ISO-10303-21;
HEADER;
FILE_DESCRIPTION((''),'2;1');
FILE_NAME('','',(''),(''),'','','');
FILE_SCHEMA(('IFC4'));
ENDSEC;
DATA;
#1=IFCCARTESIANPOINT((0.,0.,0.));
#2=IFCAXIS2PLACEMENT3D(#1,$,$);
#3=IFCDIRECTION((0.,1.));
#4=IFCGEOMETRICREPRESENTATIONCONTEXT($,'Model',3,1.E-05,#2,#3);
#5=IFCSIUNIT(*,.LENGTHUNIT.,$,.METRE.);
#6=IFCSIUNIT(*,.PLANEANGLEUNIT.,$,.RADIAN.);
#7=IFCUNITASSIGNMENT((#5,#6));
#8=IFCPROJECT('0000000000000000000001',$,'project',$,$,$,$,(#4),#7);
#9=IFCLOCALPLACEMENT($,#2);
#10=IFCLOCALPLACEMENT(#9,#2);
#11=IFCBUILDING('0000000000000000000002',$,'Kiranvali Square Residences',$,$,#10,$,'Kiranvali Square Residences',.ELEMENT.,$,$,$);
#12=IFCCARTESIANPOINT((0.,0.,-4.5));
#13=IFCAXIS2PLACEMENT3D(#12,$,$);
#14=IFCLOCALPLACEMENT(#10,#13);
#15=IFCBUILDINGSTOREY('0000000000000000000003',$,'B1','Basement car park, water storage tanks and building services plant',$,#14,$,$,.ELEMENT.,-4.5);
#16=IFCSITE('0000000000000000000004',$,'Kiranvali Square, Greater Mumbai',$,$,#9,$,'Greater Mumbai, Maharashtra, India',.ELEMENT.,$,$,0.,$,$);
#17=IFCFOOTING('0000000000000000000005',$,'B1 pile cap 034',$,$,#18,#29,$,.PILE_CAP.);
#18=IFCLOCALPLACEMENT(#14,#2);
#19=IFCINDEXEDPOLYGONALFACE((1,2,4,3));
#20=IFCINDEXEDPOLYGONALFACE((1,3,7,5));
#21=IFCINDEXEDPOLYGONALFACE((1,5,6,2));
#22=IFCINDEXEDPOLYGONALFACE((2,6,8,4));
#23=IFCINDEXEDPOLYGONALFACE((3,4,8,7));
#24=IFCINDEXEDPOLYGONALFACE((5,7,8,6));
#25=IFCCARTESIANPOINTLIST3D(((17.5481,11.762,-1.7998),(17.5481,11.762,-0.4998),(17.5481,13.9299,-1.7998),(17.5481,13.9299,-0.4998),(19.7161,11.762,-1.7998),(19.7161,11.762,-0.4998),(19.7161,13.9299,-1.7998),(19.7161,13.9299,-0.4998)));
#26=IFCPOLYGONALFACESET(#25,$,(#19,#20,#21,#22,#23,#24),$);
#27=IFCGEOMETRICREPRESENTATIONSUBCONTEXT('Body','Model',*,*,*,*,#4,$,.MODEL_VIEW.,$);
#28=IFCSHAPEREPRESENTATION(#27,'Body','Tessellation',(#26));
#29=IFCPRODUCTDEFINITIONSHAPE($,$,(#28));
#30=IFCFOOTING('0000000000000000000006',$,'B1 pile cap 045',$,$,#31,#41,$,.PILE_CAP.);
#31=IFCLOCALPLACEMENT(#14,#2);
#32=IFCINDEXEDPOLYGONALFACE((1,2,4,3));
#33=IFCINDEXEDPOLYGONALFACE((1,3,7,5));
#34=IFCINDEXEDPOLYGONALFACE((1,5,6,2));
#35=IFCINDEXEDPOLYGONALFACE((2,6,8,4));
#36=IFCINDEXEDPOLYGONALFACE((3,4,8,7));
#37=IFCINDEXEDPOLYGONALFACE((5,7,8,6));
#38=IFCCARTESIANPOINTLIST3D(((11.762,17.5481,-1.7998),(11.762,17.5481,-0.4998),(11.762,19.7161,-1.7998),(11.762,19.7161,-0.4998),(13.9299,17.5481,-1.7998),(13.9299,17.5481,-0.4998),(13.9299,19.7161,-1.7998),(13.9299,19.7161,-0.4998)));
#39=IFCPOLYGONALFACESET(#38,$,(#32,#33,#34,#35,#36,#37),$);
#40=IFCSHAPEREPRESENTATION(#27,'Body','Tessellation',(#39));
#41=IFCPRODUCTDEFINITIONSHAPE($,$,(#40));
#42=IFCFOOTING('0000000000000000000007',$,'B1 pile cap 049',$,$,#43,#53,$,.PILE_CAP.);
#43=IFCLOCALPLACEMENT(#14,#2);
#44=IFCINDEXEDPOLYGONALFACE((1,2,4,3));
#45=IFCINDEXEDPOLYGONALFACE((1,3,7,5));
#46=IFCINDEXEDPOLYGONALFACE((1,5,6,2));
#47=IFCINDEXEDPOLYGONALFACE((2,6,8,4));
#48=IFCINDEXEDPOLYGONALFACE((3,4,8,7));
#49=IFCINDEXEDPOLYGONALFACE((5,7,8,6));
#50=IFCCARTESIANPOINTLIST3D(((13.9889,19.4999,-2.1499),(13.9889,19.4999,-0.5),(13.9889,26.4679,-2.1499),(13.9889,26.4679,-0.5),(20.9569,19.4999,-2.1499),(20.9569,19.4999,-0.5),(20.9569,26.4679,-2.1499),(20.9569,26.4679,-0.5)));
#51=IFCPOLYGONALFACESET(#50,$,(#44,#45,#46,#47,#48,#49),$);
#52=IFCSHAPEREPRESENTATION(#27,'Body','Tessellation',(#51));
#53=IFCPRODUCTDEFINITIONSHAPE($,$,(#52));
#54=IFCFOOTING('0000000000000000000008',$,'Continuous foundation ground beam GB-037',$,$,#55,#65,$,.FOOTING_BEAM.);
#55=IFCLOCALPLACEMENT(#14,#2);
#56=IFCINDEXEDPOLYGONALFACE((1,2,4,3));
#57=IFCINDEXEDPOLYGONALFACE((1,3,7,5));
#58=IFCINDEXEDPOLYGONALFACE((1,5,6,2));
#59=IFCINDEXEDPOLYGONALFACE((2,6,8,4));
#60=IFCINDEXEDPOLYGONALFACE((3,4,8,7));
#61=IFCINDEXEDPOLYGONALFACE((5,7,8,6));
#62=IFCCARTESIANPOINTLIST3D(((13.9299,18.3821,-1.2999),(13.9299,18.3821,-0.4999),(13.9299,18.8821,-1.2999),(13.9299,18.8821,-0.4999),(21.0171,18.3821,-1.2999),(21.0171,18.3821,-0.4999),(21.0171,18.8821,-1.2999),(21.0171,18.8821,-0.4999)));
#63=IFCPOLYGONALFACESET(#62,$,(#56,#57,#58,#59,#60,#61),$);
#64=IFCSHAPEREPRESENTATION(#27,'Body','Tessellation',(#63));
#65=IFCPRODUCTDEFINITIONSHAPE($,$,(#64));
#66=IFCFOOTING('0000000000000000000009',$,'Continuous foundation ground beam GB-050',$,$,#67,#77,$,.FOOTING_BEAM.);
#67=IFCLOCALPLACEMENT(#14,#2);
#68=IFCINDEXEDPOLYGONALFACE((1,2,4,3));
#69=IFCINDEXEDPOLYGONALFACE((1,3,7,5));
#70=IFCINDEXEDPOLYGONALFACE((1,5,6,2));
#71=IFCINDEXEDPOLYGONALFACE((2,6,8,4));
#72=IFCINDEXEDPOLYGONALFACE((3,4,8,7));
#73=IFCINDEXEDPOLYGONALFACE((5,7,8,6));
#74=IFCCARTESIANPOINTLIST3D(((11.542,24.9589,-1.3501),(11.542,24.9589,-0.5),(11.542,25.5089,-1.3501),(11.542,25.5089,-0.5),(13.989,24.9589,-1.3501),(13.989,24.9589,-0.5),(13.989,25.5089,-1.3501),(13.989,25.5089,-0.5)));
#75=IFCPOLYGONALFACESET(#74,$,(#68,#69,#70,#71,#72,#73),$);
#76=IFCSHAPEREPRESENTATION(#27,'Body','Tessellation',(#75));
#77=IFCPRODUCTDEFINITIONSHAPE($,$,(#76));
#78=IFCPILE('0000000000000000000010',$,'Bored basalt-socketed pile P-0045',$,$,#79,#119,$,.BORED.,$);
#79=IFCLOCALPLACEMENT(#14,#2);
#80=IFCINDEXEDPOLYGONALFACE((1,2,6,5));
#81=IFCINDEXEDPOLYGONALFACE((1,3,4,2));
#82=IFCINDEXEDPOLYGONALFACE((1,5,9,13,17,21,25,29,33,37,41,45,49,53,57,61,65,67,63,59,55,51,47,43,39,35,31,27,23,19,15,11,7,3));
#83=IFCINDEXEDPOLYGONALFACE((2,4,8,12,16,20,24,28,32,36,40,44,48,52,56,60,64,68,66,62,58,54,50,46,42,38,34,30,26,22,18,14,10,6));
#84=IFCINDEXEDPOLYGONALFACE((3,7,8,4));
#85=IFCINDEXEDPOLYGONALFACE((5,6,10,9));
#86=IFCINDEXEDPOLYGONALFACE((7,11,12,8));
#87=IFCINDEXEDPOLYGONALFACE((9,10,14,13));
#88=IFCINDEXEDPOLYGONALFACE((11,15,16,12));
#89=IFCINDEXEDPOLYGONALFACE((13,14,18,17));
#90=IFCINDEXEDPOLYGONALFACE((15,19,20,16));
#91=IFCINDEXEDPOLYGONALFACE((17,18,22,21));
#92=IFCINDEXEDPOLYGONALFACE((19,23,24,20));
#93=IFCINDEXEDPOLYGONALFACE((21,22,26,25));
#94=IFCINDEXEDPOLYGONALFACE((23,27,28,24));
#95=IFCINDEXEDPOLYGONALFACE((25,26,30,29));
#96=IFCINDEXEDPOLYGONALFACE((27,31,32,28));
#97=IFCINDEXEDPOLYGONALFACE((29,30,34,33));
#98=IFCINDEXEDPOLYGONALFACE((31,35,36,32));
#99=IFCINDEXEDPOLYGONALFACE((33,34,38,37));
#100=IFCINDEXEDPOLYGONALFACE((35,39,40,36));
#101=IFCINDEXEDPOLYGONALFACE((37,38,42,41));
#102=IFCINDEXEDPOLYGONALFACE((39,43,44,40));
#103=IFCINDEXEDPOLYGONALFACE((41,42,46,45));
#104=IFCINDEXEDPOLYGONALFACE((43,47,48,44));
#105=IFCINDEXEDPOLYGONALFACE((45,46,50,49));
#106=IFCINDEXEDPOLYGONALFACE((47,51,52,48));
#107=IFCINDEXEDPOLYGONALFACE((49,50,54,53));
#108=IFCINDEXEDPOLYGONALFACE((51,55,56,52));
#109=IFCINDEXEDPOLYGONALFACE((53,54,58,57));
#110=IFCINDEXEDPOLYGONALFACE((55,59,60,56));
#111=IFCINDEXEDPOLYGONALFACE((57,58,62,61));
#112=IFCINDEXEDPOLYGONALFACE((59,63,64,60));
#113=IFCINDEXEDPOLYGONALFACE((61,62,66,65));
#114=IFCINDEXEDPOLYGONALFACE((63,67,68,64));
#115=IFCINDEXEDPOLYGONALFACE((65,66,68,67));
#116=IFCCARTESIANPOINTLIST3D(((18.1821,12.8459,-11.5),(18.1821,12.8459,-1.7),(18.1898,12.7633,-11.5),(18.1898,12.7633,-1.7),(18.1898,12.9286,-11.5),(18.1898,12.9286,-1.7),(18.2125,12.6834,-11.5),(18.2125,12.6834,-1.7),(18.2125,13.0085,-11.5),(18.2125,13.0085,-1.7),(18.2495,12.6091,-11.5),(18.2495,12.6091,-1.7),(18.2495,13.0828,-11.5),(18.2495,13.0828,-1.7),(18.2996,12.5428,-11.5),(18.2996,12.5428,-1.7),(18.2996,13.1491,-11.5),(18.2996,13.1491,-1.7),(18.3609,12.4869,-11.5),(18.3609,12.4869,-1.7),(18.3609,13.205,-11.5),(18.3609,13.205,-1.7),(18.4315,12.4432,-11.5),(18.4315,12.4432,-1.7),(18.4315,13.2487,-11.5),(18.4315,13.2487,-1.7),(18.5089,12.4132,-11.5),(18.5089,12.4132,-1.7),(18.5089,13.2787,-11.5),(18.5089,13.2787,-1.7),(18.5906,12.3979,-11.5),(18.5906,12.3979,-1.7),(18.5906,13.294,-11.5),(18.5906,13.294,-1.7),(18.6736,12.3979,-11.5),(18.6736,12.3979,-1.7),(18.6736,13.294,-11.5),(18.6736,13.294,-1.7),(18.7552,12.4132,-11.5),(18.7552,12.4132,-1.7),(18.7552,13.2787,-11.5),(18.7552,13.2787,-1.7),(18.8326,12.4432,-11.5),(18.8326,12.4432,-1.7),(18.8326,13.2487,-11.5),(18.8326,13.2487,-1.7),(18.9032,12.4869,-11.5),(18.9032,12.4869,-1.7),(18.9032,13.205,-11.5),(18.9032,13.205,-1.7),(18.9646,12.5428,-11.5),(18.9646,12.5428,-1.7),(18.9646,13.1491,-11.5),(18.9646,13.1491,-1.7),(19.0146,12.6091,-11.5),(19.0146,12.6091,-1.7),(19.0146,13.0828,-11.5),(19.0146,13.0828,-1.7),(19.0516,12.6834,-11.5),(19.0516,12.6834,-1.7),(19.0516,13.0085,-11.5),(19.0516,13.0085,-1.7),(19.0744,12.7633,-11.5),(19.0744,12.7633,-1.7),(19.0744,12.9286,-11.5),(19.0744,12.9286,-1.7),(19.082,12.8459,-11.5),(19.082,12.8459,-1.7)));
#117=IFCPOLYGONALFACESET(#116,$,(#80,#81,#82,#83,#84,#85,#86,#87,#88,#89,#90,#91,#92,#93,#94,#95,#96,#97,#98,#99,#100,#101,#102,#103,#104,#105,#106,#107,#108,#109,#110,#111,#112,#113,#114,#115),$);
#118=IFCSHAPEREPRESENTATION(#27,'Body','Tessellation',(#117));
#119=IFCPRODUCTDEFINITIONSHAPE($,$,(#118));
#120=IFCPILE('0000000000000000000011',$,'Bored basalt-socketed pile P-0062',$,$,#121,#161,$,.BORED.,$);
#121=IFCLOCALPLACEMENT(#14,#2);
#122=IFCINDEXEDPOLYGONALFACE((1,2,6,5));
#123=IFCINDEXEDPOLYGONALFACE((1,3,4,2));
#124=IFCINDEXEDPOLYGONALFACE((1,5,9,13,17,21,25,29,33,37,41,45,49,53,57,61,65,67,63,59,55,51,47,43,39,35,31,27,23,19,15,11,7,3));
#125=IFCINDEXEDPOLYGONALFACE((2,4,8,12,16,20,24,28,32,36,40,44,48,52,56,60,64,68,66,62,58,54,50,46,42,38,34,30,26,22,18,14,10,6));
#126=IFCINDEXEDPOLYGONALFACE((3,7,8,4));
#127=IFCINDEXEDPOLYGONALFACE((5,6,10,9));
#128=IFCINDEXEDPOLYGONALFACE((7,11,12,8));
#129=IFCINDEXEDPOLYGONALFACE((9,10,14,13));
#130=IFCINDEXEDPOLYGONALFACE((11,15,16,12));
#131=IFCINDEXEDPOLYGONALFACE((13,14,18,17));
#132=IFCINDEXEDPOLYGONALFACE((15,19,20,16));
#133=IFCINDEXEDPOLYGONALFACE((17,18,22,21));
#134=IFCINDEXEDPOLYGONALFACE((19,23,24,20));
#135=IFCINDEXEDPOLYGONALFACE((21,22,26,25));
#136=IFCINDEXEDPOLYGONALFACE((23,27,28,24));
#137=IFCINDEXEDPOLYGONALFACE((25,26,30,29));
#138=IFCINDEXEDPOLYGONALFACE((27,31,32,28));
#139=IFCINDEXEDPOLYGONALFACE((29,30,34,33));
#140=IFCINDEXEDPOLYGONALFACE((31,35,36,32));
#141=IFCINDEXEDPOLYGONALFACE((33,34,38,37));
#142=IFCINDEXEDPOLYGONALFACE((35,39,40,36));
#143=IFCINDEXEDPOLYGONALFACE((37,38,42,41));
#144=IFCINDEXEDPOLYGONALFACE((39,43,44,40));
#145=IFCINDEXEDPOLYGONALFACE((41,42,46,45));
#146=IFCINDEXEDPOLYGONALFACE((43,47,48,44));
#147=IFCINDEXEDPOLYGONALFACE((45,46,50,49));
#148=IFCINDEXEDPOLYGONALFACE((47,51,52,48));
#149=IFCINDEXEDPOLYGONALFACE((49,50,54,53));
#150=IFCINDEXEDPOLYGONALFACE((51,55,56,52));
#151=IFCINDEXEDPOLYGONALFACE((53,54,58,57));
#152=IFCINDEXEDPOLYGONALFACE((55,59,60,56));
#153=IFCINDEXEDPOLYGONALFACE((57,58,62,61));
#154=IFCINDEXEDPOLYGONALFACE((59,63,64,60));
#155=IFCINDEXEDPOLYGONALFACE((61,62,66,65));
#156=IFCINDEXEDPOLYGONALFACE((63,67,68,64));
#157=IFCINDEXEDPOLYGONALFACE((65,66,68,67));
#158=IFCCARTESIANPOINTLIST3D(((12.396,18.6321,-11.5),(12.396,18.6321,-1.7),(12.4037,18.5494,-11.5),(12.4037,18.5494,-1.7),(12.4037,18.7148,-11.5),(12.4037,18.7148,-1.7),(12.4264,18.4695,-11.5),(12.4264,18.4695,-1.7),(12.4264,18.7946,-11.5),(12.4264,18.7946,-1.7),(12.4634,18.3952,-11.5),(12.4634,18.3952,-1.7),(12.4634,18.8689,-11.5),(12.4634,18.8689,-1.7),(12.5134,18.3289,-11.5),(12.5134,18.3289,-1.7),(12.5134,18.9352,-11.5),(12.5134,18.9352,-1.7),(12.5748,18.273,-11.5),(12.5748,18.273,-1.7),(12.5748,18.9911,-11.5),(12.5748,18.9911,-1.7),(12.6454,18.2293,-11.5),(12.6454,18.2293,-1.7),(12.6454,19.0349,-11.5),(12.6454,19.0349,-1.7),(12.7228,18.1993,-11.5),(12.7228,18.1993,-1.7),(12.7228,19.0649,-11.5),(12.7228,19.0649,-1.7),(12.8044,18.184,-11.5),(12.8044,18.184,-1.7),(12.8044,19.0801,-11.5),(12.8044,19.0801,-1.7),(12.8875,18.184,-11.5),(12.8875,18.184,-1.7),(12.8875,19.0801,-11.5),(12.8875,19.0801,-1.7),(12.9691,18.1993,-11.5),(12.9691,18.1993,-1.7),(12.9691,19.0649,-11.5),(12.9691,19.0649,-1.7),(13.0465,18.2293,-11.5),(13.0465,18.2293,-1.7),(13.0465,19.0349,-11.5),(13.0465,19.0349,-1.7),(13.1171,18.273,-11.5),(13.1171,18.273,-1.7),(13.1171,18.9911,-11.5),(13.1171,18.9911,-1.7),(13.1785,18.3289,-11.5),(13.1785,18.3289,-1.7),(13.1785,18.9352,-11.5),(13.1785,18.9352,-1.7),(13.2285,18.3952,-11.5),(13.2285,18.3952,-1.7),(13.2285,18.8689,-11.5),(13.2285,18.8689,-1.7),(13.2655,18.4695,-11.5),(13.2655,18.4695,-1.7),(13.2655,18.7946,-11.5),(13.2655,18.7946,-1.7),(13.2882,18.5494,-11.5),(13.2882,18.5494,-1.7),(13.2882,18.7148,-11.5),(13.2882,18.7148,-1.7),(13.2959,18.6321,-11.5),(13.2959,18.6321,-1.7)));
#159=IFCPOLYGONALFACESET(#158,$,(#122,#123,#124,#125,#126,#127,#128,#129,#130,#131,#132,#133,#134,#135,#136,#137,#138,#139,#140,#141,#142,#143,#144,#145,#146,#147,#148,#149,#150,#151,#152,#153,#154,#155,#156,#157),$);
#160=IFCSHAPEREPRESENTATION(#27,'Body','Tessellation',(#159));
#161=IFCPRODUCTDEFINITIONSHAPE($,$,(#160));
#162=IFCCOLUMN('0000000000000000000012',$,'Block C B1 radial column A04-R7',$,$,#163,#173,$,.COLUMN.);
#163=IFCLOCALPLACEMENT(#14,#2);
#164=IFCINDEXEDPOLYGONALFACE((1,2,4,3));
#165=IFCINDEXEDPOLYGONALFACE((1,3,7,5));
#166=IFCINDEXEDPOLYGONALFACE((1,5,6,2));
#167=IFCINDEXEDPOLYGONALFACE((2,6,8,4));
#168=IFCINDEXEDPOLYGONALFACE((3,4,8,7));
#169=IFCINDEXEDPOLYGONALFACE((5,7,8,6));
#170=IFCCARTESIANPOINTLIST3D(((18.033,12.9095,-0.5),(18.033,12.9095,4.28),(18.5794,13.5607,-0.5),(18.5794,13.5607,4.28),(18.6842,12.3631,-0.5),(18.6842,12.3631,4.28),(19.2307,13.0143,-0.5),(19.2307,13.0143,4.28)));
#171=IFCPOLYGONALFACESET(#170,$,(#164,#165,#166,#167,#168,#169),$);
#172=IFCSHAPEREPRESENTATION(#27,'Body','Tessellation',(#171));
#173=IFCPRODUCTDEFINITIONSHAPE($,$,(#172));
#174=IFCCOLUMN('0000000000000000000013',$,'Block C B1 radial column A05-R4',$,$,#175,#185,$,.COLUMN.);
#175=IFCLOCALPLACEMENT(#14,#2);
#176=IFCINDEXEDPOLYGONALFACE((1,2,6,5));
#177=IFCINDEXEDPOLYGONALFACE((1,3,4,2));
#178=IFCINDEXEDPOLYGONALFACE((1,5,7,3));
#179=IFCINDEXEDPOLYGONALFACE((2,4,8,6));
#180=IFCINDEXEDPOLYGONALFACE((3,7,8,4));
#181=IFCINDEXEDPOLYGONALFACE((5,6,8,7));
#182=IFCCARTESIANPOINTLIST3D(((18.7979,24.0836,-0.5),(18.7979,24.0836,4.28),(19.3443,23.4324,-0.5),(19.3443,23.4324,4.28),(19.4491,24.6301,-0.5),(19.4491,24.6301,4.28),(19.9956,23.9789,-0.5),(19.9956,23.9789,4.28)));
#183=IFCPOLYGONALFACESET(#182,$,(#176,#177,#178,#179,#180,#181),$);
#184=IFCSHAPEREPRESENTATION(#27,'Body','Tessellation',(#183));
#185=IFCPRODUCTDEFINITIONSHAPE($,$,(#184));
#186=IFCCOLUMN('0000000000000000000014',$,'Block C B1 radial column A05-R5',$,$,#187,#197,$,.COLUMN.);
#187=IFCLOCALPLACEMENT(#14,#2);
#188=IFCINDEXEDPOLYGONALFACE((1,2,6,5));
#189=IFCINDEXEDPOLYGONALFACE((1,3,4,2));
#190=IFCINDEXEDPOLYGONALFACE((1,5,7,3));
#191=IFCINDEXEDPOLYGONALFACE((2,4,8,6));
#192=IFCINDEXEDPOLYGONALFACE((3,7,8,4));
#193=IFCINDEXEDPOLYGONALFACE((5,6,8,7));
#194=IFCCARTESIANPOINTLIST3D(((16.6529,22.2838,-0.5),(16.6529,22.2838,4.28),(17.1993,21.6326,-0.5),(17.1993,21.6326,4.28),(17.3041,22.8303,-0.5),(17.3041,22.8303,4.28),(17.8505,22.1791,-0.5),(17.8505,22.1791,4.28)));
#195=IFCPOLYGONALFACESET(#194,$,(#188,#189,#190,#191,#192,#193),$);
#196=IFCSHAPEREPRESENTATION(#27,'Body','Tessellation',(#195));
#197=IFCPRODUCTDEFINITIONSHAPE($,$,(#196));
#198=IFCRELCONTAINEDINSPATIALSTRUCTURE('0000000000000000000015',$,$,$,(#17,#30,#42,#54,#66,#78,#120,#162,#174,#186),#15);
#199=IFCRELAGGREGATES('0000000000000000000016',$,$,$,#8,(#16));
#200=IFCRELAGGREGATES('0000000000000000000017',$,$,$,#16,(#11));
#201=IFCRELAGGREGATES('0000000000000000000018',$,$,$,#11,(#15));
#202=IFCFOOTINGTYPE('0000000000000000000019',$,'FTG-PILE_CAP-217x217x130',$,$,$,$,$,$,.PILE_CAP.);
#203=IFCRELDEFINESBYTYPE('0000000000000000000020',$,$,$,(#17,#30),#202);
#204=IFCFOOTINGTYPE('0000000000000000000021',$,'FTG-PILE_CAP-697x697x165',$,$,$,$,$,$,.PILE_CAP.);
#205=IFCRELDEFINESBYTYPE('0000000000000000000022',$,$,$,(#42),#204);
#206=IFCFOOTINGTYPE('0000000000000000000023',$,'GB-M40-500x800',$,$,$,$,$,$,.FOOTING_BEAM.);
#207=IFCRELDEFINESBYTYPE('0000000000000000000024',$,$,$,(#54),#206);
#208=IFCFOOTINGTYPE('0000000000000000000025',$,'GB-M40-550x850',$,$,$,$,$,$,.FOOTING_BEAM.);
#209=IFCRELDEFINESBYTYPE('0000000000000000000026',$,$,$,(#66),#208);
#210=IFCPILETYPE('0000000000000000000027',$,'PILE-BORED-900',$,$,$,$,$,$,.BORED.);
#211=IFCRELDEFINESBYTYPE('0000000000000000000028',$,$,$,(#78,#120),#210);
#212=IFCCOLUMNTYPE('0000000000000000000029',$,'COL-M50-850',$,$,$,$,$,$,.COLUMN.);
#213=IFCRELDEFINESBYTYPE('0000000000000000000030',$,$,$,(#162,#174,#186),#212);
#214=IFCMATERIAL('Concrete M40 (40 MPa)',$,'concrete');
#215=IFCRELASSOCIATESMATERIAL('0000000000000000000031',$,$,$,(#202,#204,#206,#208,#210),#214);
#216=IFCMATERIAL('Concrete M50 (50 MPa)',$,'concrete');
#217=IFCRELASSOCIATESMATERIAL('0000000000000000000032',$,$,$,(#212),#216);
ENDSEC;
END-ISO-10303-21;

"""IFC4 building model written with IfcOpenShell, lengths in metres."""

from ifc_helpers import new_model, si_unit, direction, frame, origin, origin_2d, place, context, subcontext, project, spatial, rectangle, circle, extrude, material, material_profile, profile_set, type_object, element, save


model = new_model("IFC4")

# Units and contexts
model_context = context("Model", 3, precision=1e-05, world=origin(), true_north=direction((0.0, 1.0)))
body_context = subcontext(model_context, "Body", "Model", "MODEL_VIEW")
ifc_project = project(units=[si_unit("LENGTHUNIT", "METRE"), si_unit("PLANEANGLEUNIT", "RADIAN")], contexts=[model_context])

# Site, building, storey
site_placement = place(None, origin())
site = spatial("IfcSite", under=ifc_project, at=site_placement, Name="Kiranvali Square, Greater Mumbai", LongName="Greater Mumbai, Maharashtra, India", CompositionType="ELEMENT", RefElevation=0.0)
building_placement = place(site_placement, origin())
building = spatial("IfcBuilding", under=site, at=building_placement, Name="Kiranvali Square Residences", LongName="Kiranvali Square Residences", CompositionType="ELEMENT")
storey_placement = place(building_placement, frame((0.0, 0.0, -4.5)))
storey = spatial("IfcBuildingStorey", under=building, at=storey_placement, Name="B1", Description="Basement car park, water storage tanks and building services plant", CompositionType="ELEMENT", Elevation=-4.5)

# Footings
ifc_material_1 = material(Name="Concrete M40 (40 MPa)", Category="concrete")
footing_type_1 = type_object("IfcFootingType", Name="FTG-PILE_CAP-217x217x130", PredefinedType="PILE_CAP", material=ifc_material_1)
for number, where, z_axis, x_axis, name in (
    (1, (18.6321, 12.8459, -1.7998), (0.0, 0.0, 1.0), (1.0, 0.0, 0.0), "B1 pile cap 034"),
    (2, (12.8459, 18.6321, -1.7998), (0.0, 0.0, 1.0), (1.0, 0.0, 0.0), "B1 pile cap 045"),
):
    element("IfcFooting", number, at=place(storey_placement, frame(where, z_axis=z_axis, x_axis=x_axis)), inside=storey, type_object=footing_type_1, Name=name, PredefinedType="PILE_CAP", context=body_context, shape_type="SweptSolid", body=[
        extrude(rectangle(XDim=2.168, YDim=2.168, at=origin_2d()), origin(), (0.0, 0.0, 1.0), 1.3),
    ])
footing_type_2 = type_object("IfcFootingType", Name="FTG-PILE_CAP-697x697x165", PredefinedType="PILE_CAP", material=ifc_material_1)
footing_1_placement = place(storey_placement, frame((17.4729, 22.9839, -2.1499), z_axis=(0.0, 0.0, 1.0), x_axis=(1.0, 0.0, 0.0)))
element("IfcFooting", 3, at=footing_1_placement, inside=storey, type_object=footing_type_2, Name="B1 pile cap 049", PredefinedType="PILE_CAP", context=body_context, shape_type="SweptSolid", body=[
    extrude(rectangle(XDim=6.968, YDim=6.968, at=origin_2d()), origin(), (0.0, 0.0, 1.0), 1.6499),
])
ifc_material_profile_1 = material_profile(ifc_material_1, rectangle(XDim=0.5, YDim=0.8, at=origin_2d()), Name="GB 500x800")
ifc_profile_set_1 = profile_set([ifc_material_profile_1], Name="Concrete M40 (40 MPa)")
footing_type_3 = type_object("IfcFootingType", Name="GB-M40-500x800", PredefinedType="FOOTING_BEAM", material=ifc_profile_set_1)
footing_2_placement = place(storey_placement, frame((13.9299, 18.6321, -0.8999), z_axis=(1.0, 0.0, 0.0), x_axis=(0.0, 1.0, 0.0)))
element("IfcFooting", 4, at=footing_2_placement, inside=storey, type_object=footing_type_3, Name="Continuous foundation ground beam GB-037", PredefinedType="FOOTING_BEAM", context=body_context, shape_type="SweptSolid", body=[
    extrude(rectangle(XDim=0.5, YDim=0.8, at=origin_2d()), origin(), (0.0, 0.0, 1.0), 7.0872),
])
ifc_material_profile_2 = material_profile(ifc_material_1, rectangle(XDim=0.55, YDim=0.8501, at=origin_2d()), Name="GB 550x850")
ifc_profile_set_2 = profile_set([ifc_material_profile_2], Name="Concrete M40 (40 MPa)")
footing_type_4 = type_object("IfcFootingType", Name="GB-M40-550x850", PredefinedType="FOOTING_BEAM", material=ifc_profile_set_2)
footing_3_placement = place(storey_placement, frame((11.542, 25.2339, -0.925), z_axis=(1.0, 0.0, 0.0), x_axis=(0.0, 1.0, 0.0)))
element("IfcFooting", 5, at=footing_3_placement, inside=storey, type_object=footing_type_4, Name="Continuous foundation ground beam GB-050", PredefinedType="FOOTING_BEAM", context=body_context, shape_type="SweptSolid", body=[
    extrude(rectangle(XDim=0.55, YDim=0.8501, at=origin_2d()), origin(), (0.0, 0.0, 1.0), 2.447),
])

# Piles
ifc_material_profile_3 = material_profile(ifc_material_1, circle(Radius=0.45, at=origin_2d()), Name="BORED PILE 900")
ifc_profile_set_3 = profile_set([ifc_material_profile_3], Name="Concrete M40 (40 MPa)")
pile_type = type_object("IfcPileType", Name="PILE-BORED-900", PredefinedType="BORED", material=ifc_profile_set_3)
for number, where, z_axis, x_axis, name in (
    (6, (18.6321, 12.8459, -1.7), (0.0, 0.0, -1.0), (1.0, 0.0, 0.0), "Bored basalt-socketed pile P-0045"),
    (7, (12.8459, 18.6321, -1.7), (0.0, 0.0, -1.0), (1.0, 0.0, 0.0), "Bored basalt-socketed pile P-0062"),
):
    element("IfcPile", number, at=place(storey_placement, frame(where, z_axis=z_axis, x_axis=x_axis)), inside=storey, type_object=pile_type, Name=name, PredefinedType="BORED", context=body_context, shape_type="SweptSolid", body=[
        extrude(circle(Radius=0.45, at=origin_2d()), origin(), (0.0, 0.0, 1.0), 9.8),
    ])

# Columns
ifc_material_2 = material(Name="Concrete M50 (50 MPa)", Category="concrete")
ifc_material_profile_4 = material_profile(ifc_material_2, rectangle(XDim=0.8501, YDim=0.8501, at=origin_2d()), Name="RC 850x850")
ifc_profile_set_4 = profile_set([ifc_material_profile_4], Name="Concrete M50 (50 MPa)")
column_type = type_object("IfcColumnType", Name="COL-M50-850", PredefinedType="COLUMN", material=ifc_profile_set_4)
for number, where, z_axis, x_axis, name in (
    (8, (18.6318, 12.9619, -0.5), (0.0, 0.0, 1.0), (-0.766044, 0.642788, 0.0), "Block C B1 radial column A04-R7"),
    (9, (19.3967, 24.0312, -0.5), (0.0, 0.0, 1.0), (-0.642788, 0.766044, 0.0), "Block C B1 radial column A05-R4"),
    (10, (17.2517, 22.2314, -0.5), (0.0, 0.0, 1.0), (-0.642788, 0.766044, 0.0), "Block C B1 radial column A05-R5"),
):
    element("IfcColumn", number, at=place(storey_placement, frame(where, z_axis=z_axis, x_axis=x_axis)), inside=storey, type_object=column_type, Name=name, PredefinedType="COLUMN", context=body_context, shape_type="SweptSolid", body=[
        extrude(rectangle(XDim=0.8501, YDim=0.8501, at=origin_2d()), origin(), (0.0, 0.0, 1.0), 4.78),
    ])

save(model, "model.ifc")
